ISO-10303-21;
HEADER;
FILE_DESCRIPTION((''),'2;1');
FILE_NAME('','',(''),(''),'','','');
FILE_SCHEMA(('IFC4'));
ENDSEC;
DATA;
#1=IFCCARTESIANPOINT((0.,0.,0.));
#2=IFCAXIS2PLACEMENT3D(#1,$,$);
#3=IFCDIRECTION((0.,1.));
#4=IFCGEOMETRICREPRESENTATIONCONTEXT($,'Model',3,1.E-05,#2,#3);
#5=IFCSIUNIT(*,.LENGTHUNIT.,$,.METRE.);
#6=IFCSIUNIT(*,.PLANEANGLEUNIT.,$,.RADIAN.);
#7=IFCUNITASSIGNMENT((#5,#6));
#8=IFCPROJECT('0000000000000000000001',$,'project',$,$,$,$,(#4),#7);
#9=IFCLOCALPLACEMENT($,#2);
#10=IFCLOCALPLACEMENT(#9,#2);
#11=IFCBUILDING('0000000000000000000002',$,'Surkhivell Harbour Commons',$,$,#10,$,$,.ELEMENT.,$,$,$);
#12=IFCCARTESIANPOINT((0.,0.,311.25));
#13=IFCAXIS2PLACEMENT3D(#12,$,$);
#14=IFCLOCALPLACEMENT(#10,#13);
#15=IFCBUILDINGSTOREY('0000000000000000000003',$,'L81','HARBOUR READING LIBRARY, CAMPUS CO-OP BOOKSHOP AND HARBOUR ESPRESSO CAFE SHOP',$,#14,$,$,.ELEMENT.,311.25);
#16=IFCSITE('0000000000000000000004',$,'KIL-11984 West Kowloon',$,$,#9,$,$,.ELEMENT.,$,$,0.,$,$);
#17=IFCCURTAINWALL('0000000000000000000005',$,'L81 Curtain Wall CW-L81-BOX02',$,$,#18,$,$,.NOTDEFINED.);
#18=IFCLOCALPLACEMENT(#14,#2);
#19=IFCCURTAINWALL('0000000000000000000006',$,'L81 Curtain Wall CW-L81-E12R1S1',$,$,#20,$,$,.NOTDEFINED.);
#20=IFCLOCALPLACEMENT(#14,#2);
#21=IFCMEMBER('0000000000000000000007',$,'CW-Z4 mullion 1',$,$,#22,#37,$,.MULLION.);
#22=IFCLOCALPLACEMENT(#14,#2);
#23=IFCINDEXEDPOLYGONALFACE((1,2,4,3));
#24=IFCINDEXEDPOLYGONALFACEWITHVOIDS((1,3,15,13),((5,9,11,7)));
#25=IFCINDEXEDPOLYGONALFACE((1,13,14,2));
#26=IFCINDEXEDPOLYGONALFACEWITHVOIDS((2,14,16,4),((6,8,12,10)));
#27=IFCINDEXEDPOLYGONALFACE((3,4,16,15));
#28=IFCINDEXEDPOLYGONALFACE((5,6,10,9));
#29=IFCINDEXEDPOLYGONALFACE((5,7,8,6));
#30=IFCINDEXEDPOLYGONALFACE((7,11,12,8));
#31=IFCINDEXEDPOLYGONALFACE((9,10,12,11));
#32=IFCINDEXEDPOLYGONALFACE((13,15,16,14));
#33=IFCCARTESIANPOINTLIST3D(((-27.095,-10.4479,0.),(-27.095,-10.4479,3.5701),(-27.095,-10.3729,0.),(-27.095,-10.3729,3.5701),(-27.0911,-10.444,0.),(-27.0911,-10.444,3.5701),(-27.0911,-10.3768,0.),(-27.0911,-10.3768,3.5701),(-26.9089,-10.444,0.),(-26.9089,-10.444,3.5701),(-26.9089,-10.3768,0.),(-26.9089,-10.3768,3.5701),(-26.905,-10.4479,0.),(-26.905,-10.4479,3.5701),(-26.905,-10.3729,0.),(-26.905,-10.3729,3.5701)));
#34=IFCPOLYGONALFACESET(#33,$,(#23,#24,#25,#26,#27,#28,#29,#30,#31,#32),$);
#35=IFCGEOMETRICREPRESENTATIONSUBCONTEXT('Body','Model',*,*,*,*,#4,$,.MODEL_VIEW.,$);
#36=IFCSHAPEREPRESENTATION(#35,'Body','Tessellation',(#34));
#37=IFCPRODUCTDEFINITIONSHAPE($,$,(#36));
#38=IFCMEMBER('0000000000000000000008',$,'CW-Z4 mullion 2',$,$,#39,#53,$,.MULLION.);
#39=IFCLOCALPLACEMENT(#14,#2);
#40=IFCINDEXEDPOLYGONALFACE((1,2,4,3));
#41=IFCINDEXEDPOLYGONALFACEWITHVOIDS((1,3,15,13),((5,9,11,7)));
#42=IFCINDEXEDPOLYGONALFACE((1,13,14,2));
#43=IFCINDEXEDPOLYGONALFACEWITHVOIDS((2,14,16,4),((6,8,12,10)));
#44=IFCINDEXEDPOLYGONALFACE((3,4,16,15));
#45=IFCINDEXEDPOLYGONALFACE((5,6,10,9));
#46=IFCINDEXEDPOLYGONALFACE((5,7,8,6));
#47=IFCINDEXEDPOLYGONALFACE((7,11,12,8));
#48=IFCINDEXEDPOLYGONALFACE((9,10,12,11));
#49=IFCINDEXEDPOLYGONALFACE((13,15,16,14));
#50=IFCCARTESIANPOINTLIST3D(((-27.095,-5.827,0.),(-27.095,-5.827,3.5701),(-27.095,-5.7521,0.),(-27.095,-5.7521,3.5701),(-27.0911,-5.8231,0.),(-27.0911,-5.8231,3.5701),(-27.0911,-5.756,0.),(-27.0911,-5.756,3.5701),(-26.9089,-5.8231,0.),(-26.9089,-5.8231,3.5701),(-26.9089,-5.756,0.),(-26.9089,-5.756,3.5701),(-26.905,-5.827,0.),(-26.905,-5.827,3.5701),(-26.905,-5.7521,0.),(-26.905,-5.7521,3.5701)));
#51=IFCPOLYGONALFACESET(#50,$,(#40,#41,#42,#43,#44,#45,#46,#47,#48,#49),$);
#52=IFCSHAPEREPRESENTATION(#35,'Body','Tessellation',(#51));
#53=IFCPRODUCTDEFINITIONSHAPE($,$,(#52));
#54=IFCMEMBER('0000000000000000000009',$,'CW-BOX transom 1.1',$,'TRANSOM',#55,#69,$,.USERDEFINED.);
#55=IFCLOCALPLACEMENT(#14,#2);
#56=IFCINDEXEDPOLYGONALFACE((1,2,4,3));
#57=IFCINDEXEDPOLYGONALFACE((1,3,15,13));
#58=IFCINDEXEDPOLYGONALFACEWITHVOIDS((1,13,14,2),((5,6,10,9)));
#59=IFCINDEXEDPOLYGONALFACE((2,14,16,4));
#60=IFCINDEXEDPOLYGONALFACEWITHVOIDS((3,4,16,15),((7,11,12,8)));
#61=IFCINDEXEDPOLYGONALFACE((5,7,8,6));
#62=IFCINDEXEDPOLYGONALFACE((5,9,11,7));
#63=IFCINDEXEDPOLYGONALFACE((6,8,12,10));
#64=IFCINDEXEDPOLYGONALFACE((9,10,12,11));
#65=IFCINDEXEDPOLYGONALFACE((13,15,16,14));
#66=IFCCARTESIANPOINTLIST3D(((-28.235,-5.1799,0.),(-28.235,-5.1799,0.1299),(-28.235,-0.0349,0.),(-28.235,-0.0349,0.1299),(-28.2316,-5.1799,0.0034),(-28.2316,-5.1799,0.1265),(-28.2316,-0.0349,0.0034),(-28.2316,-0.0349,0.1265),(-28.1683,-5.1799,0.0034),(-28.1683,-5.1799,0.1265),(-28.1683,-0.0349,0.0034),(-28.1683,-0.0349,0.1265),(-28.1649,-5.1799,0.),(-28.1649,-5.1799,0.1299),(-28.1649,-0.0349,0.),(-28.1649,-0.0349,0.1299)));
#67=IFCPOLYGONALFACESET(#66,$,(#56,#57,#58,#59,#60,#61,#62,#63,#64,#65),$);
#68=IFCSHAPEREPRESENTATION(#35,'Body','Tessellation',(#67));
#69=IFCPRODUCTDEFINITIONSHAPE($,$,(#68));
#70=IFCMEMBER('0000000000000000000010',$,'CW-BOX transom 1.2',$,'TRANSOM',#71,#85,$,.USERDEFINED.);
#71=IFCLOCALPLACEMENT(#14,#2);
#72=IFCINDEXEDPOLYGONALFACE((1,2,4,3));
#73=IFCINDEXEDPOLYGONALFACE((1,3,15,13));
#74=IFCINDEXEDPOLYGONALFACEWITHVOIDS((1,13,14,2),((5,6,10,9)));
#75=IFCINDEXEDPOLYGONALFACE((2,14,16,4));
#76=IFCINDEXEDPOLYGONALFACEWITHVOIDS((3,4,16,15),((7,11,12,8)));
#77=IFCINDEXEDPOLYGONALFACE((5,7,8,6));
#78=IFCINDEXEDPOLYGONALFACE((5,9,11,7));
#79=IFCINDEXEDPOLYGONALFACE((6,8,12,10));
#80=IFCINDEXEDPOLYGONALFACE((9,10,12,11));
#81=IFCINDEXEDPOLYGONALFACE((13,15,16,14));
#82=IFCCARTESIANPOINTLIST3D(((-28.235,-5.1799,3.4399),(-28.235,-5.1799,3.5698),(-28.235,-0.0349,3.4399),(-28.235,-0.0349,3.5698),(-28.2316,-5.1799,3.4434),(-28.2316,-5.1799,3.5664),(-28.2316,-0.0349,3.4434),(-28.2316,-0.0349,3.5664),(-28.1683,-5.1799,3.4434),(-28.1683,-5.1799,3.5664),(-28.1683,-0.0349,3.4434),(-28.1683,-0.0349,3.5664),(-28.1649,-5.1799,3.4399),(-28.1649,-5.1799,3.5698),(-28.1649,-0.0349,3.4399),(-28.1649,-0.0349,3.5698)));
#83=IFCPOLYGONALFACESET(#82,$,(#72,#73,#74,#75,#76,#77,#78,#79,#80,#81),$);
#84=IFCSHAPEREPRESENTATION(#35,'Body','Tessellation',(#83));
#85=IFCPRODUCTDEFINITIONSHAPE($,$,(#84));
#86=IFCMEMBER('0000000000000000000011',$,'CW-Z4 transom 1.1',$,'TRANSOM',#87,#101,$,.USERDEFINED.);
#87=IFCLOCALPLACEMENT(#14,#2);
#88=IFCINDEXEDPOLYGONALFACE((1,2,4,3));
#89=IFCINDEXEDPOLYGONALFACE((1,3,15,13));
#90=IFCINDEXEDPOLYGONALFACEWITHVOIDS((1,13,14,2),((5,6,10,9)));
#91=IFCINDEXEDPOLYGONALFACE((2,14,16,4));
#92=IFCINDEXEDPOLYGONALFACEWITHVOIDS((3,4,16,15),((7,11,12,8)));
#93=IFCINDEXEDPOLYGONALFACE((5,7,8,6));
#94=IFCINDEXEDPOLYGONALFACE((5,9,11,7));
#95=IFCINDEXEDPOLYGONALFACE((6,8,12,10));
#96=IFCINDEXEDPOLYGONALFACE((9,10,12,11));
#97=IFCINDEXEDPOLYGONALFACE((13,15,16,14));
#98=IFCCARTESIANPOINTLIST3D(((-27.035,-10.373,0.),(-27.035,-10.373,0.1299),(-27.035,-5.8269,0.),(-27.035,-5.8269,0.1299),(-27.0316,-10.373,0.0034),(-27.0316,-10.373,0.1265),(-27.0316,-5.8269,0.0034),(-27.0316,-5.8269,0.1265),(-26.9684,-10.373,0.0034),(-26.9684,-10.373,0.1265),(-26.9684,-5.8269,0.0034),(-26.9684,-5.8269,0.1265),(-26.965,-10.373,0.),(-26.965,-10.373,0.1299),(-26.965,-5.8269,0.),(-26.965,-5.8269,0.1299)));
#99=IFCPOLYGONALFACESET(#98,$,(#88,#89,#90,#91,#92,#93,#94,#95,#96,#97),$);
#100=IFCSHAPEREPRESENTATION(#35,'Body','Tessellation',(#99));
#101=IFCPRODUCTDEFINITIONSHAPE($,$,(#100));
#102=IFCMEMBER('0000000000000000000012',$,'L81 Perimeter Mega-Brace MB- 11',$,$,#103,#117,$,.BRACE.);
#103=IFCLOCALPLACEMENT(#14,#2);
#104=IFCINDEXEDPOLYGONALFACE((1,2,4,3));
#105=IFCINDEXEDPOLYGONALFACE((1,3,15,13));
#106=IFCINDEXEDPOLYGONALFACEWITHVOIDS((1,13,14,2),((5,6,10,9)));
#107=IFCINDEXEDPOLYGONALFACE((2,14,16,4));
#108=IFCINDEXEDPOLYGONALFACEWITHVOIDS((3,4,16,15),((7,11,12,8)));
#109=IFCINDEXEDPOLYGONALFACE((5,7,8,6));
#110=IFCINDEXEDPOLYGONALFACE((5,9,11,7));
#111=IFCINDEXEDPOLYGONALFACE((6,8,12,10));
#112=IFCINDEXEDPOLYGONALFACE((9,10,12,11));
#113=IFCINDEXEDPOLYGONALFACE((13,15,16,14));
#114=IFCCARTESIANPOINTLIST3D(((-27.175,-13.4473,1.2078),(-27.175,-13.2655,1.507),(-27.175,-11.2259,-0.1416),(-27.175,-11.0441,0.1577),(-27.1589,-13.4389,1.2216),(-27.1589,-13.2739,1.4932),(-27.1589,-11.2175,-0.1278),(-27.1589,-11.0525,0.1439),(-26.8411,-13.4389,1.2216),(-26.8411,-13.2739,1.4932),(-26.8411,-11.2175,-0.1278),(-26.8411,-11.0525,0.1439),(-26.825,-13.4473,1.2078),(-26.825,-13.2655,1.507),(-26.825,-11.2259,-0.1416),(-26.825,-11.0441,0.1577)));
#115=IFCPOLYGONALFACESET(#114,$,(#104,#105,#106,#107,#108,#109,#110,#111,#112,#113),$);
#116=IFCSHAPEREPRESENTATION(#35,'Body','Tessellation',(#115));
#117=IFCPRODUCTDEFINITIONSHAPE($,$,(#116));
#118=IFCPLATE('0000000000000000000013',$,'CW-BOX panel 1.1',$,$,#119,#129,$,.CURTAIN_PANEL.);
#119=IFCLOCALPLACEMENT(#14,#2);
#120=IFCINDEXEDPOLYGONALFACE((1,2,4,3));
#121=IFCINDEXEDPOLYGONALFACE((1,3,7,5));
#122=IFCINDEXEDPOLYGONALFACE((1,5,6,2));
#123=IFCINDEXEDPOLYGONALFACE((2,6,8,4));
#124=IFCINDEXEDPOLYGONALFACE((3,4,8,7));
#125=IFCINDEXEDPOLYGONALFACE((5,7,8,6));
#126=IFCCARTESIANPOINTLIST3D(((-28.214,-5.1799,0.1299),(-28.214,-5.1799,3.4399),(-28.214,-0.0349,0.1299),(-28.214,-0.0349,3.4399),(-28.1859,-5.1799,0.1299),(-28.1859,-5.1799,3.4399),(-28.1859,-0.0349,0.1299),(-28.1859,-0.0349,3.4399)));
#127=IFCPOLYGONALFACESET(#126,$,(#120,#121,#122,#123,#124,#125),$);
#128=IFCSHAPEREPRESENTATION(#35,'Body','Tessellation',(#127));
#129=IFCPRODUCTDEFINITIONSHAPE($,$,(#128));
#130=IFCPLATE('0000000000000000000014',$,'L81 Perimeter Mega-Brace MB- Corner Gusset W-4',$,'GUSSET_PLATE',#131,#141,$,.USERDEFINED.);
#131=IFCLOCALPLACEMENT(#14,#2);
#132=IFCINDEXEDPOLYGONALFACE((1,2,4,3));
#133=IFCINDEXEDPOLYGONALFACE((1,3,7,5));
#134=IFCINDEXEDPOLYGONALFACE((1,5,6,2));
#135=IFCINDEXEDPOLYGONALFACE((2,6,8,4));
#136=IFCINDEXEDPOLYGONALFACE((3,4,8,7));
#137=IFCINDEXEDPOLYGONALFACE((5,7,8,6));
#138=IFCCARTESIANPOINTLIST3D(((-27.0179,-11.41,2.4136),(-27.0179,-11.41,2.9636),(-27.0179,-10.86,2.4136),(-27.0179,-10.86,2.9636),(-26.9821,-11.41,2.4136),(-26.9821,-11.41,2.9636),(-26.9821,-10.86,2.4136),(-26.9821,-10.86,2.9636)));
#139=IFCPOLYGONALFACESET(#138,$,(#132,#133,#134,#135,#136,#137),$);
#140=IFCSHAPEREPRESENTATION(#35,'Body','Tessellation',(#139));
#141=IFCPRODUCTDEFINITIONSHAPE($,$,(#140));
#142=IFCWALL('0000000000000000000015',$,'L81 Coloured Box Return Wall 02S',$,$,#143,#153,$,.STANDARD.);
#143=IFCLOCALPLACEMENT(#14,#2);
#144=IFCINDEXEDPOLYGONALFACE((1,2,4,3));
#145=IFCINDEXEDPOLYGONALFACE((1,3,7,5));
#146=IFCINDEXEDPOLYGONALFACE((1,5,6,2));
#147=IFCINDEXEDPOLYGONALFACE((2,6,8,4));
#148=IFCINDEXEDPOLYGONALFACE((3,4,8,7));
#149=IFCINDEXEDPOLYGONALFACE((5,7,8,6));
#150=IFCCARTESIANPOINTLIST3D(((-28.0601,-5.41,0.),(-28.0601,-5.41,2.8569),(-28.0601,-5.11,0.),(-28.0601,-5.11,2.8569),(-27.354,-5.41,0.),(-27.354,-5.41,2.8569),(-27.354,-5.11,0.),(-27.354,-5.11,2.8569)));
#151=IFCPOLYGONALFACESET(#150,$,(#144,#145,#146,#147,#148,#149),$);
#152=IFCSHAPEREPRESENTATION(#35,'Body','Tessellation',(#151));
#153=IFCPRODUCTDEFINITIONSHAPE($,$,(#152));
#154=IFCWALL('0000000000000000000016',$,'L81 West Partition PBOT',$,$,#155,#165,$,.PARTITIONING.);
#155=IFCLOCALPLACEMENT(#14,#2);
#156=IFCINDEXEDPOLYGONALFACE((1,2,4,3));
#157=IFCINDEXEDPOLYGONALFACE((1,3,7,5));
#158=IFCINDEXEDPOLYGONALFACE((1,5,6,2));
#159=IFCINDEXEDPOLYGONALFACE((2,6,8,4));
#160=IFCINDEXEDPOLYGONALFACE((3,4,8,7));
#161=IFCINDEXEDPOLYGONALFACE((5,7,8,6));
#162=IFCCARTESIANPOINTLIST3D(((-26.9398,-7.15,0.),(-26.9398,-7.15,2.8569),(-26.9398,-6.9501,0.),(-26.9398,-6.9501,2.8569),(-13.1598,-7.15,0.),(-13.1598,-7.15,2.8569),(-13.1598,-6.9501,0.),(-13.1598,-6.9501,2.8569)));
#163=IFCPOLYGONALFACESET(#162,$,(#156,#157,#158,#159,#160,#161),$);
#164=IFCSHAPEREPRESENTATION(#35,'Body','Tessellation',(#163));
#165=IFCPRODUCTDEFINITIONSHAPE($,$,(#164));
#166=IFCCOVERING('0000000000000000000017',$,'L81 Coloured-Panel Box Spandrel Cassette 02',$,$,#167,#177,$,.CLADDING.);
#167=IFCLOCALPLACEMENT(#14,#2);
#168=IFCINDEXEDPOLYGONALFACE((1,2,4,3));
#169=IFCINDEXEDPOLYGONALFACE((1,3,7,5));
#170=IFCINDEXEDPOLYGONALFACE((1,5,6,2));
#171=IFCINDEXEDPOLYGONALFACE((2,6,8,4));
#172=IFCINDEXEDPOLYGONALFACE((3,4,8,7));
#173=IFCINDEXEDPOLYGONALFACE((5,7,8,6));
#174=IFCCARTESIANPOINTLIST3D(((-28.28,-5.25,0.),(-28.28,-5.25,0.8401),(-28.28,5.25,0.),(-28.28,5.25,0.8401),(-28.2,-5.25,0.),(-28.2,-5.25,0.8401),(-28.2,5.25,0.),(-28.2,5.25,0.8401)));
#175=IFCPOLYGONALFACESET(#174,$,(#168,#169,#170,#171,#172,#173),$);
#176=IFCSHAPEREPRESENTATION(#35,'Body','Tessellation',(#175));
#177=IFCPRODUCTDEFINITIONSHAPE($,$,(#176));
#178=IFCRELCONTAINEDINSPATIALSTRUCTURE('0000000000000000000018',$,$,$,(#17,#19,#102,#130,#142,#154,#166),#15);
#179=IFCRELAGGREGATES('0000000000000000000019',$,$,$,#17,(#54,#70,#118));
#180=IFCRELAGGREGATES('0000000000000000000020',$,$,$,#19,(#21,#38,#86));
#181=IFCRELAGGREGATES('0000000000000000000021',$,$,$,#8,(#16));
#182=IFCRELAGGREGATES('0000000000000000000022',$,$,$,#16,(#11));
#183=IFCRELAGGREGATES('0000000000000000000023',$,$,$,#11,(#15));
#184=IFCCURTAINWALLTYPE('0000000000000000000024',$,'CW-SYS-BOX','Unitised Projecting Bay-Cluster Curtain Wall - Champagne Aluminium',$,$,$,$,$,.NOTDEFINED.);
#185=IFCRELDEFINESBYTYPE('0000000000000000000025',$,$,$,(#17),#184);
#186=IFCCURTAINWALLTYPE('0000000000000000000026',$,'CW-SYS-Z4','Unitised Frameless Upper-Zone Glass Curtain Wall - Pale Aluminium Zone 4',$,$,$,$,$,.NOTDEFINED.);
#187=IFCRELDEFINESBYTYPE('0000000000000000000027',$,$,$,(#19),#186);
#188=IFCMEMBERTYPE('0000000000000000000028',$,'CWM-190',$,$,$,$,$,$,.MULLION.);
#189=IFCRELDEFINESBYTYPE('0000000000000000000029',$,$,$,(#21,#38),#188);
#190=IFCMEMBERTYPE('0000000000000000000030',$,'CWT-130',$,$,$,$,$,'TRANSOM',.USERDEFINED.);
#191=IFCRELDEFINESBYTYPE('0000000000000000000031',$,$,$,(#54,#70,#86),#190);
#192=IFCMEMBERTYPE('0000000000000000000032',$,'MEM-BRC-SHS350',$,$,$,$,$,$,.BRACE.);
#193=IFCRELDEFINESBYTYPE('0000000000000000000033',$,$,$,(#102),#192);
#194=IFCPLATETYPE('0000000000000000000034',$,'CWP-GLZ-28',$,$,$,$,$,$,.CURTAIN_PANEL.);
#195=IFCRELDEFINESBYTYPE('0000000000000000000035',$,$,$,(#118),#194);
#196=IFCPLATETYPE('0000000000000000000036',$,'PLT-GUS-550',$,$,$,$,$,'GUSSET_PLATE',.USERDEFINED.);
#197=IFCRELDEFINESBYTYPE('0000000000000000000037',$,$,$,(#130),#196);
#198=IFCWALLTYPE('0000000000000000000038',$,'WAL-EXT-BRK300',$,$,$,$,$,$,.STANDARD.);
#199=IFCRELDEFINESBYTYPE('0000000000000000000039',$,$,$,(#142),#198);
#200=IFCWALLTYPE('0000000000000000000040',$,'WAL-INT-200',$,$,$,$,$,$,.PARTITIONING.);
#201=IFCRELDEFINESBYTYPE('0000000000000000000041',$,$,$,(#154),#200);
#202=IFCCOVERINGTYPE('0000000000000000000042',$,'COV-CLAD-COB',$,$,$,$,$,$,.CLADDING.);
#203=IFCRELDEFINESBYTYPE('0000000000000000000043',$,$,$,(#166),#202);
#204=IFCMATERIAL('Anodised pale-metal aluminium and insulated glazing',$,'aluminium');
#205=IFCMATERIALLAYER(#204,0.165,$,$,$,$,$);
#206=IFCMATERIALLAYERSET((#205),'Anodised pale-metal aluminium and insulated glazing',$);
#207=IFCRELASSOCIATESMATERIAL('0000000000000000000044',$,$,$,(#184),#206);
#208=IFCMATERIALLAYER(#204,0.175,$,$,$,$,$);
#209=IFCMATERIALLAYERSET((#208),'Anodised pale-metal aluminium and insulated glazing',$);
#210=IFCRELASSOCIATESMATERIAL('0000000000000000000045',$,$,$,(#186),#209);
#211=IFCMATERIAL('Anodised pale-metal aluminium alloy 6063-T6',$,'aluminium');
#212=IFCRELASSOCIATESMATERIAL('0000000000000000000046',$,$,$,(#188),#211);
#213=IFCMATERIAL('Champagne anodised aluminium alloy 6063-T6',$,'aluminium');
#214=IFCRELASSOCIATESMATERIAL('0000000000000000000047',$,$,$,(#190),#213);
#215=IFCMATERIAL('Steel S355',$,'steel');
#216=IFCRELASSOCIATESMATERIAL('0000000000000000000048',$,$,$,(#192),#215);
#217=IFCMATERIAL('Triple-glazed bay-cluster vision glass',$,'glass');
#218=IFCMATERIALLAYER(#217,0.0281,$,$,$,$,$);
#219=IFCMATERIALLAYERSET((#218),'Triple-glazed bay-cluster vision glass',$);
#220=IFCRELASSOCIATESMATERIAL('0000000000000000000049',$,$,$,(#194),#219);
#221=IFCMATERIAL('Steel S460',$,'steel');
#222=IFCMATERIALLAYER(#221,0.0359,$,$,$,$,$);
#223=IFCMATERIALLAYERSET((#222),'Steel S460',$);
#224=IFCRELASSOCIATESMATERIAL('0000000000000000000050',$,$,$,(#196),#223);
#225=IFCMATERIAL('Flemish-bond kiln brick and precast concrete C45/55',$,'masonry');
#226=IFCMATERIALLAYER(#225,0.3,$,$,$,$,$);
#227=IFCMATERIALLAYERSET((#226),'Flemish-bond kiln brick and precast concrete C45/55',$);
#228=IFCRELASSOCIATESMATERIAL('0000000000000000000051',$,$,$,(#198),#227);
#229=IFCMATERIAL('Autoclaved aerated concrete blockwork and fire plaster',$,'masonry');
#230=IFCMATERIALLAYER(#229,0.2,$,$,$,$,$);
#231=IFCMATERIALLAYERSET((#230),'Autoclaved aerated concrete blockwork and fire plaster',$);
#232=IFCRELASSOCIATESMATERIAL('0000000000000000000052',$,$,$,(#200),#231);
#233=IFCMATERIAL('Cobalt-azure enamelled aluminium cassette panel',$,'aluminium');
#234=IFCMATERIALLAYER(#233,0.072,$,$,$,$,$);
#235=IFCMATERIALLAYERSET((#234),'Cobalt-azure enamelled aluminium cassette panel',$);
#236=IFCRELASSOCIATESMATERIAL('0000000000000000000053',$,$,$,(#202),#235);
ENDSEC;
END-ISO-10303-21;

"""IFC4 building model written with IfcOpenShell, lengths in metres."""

from ifc_helpers import new_model, si_unit, direction, frame, frame_2d, origin, origin_2d, place, context, subcontext, project, spatial, rectangle, hollow_rectangle, extrude, material, layer, layer_set, material_profile, profile_set, type_object, element, aggregate, save


model = new_model("IFC4")

# Units and contexts
model_context = context("Model", 3, precision=1e-05, world=origin(), true_north=direction((0.0, 1.0)))
body_context = subcontext(model_context, "Body", "Model", "MODEL_VIEW")
ifc_project = project(units=[si_unit("LENGTHUNIT", "METRE"), si_unit("PLANEANGLEUNIT", "RADIAN")], contexts=[model_context])

# Site, building, storey
site_placement = place(None, origin())
site = spatial("IfcSite", under=ifc_project, at=site_placement, Name="KIL-11984 West Kowloon", CompositionType="ELEMENT", RefElevation=0.0)
building_placement = place(site_placement, origin())
building = spatial("IfcBuilding", under=site, at=building_placement, Name="Surkhivell Harbour Commons", CompositionType="ELEMENT")
storey_placement = place(building_placement, frame((0.0, 0.0, 311.25)))
storey = spatial("IfcBuildingStorey", under=building, at=storey_placement, Name="L81", Description="HARBOUR READING LIBRARY, CAMPUS CO-OP BOOKSHOP AND HARBOUR ESPRESSO CAFE SHOP", CompositionType="ELEMENT", Elevation=311.25)

# Shared definitions
ifc_material_1 = material(Name="Steel S460", Category="steel")
ifc_material_2 = material(Name="Steel S355", Category="steel")

# Curtain wall
ifc_material_3 = material(Name="Anodised pale-metal aluminium and insulated glazing", Category="aluminium")
ifc_layer_1 = layer(ifc_material_3, 0.165)
ifc_layer_set_1 = layer_set([ifc_layer_1], Name="Anodised pale-metal aluminium and insulated glazing")
curtain_wall_type_1 = type_object("IfcCurtainWallType", Name="CW-SYS-BOX", Description="Unitised Projecting Bay-Cluster Curtain Wall - Champagne Aluminium", PredefinedType="NOTDEFINED", material=ifc_layer_set_1)
curtain_wall_1_placement = place(storey_placement, origin())
curtain_wall_1 = element("IfcCurtainWall", 1, at=curtain_wall_1_placement, inside=storey, type_object=curtain_wall_type_1, Name="L81 Curtain Wall CW-L81-BOX02", PredefinedType="NOTDEFINED")
ifc_material_4 = material(Name="Champagne anodised aluminium alloy 6063-T6", Category="aluminium")

# Curtain wall, members
ifc_layer_2 = layer(ifc_material_3, 0.175)
ifc_layer_set_2 = layer_set([ifc_layer_2], Name="Anodised pale-metal aluminium and insulated glazing")
curtain_wall_type_2 = type_object("IfcCurtainWallType", Name="CW-SYS-Z4", Description="Unitised Frameless Upper-Zone Glass Curtain Wall - Pale Aluminium Zone 4", PredefinedType="NOTDEFINED", material=ifc_layer_set_2)
curtain_wall_2_placement = place(storey_placement, origin())
curtain_wall_2 = element("IfcCurtainWall", 2, at=curtain_wall_2_placement, inside=storey, type_object=curtain_wall_type_2, Name="L81 Curtain Wall CW-L81-E12R1S1", PredefinedType="NOTDEFINED")
ifc_material_5 = material(Name="Anodised pale-metal aluminium alloy 6063-T6", Category="aluminium")
ifc_material_profile_1 = material_profile(ifc_material_5, hollow_rectangle(XDim=0.075, YDim=0.1899, WallThickness=0.0039, at=origin_2d()), Name="ALU-MULL-75x190")
ifc_profile_set_1 = profile_set([ifc_material_profile_1], Name="Anodised pale-metal aluminium alloy 6063-T6")
member_type_1 = type_object("IfcMemberType", Name="CWM-190", PredefinedType="MULLION", material=ifc_profile_set_1)
member_1_placement = place(storey_placement, frame((-27.0, -10.4104, 0.0), z_axis=(0.0, 0.0, 1.0), x_axis=(0.0, 1.0, 0.0)))
member_1 = element("IfcMember", 3, at=member_1_placement, type_object=member_type_1, Name="CW-Z4 mullion 1", PredefinedType="MULLION", context=body_context, shape_type="SweptSolid", body=[
    extrude(hollow_rectangle(XDim=0.075, YDim=0.1899, WallThickness=0.0039, at=origin_2d()), origin(), (0.0, 0.0, 1.0), 3.5701),
])
member_2_placement = place(storey_placement, frame((-27.0, -5.7896, 0.0), z_axis=(0.0, 0.0, 1.0), x_axis=(0.0, 1.0, 0.0)))
member_2 = element("IfcMember", 4, at=member_2_placement, type_object=member_type_1, Name="CW-Z4 mullion 2", PredefinedType="MULLION", context=body_context, shape_type="SweptSolid", body=[
    extrude(hollow_rectangle(XDim=0.075, YDim=0.1899, WallThickness=0.0039, at=origin_2d()), origin(), (0.0, 0.0, 1.0), 3.5701),
])

# Members
ifc_material_profile_2 = material_profile(ifc_material_4, hollow_rectangle(XDim=0.0701, YDim=0.1299, WallThickness=0.0034, at=origin_2d()), Name="ALU-TRAN-70x130")
ifc_profile_set_2 = profile_set([ifc_material_profile_2], Name="Champagne anodised aluminium alloy 6063-T6")
member_type_2 = type_object("IfcMemberType", Name="CWT-130", ElementType="TRANSOM", PredefinedType="USERDEFINED", material=ifc_profile_set_2)
member_3_placement = place(storey_placement, frame((-28.2, -5.1799, 0.0649), z_axis=(0.0, 1.0, 0.0), x_axis=(-1.0, 0.0, 0.0)))
member_3 = element("IfcMember", 5, at=member_3_placement, type_object=member_type_2, Name="CW-BOX transom 1.1", ObjectType="TRANSOM", PredefinedType="USERDEFINED", context=body_context, shape_type="SweptSolid", body=[
    extrude(hollow_rectangle(XDim=0.0701, YDim=0.1299, WallThickness=0.0034, at=origin_2d()), origin(), (0.0, 0.0, 1.0), 5.145),
])
member_4_placement = place(storey_placement, frame((-28.2, -5.1799, 3.5049), z_axis=(0.0, 1.0, 0.0), x_axis=(-1.0, 0.0, 0.0)))
member_4 = element("IfcMember", 6, at=member_4_placement, type_object=member_type_2, Name="CW-BOX transom 1.2", ObjectType="TRANSOM", PredefinedType="USERDEFINED", context=body_context, shape_type="SweptSolid", body=[
    extrude(hollow_rectangle(XDim=0.0701, YDim=0.1299, WallThickness=0.0034, at=origin_2d()), origin(), (0.0, 0.0, 1.0), 5.145),
])
member_5_placement = place(storey_placement, frame((-27.0, -10.373, 0.0649), z_axis=(0.0, 1.0, 0.0), x_axis=(-1.0, 0.0, 0.0)))
member_5 = element("IfcMember", 7, at=member_5_placement, type_object=member_type_2, Name="CW-Z4 transom 1.1", ObjectType="TRANSOM", PredefinedType="USERDEFINED", context=body_context, shape_type="SweptSolid", body=[
    extrude(hollow_rectangle(XDim=0.0701, YDim=0.1299, WallThickness=0.0034, at=origin_2d()), origin(), (0.0, 0.0, 1.0), 4.5461),
])
ifc_material_profile_3 = material_profile(ifc_material_2, hollow_rectangle(XDim=0.3501, YDim=0.3501, WallThickness=0.0161, at=origin_2d()), Name="SHS350x350x16")
ifc_profile_set_3 = profile_set([ifc_material_profile_3], Name="Steel S355")
member_type_3 = type_object("IfcMemberType", Name="MEM-BRC-SHS350", PredefinedType="BRACE", material=ifc_profile_set_3)
member_6_placement = place(storey_placement, frame((-27.0, -11.135, 0.0081), z_axis=(0.0, -0.854679, 0.519157), x_axis=(1.0, 0.0, 0.0)))
element("IfcMember", 8, at=member_6_placement, inside=storey, type_object=member_type_3, Name="L81 Perimeter Mega-Brace MB- 11", PredefinedType="BRACE", context=body_context, shape_type="SweptSolid", body=[
    extrude(hollow_rectangle(XDim=0.3501, YDim=0.3501, WallThickness=0.0161, at=origin_2d()), origin(), (0.0, 0.0, 1.0), 2.5991),
])

# Plates
ifc_material_6 = material(Name="Triple-glazed bay-cluster vision glass", Category="glass")
ifc_layer_3 = layer(ifc_material_6, 0.0281)
ifc_layer_set_3 = layer_set([ifc_layer_3], Name="Triple-glazed bay-cluster vision glass")
plate_type_1 = type_object("IfcPlateType", Name="CWP-GLZ-28", PredefinedType="CURTAIN_PANEL", material=ifc_layer_set_3)
plate_1_placement = place(storey_placement, frame((-28.2, -5.1799, 0.1299), z_axis=(0.0, 0.0, 1.0), x_axis=(0.0, 1.0, 0.0)))
plate_1 = element("IfcPlate", 9, at=plate_1_placement, type_object=plate_type_1, Name="CW-BOX panel 1.1", PredefinedType="CURTAIN_PANEL", context=body_context, shape_type="SweptSolid", body=[
    extrude(rectangle(XDim=5.145, YDim=0.0281, at=frame_2d((2.5725, 0.0))), origin(), (0.0, 0.0, 1.0), 3.3101),
])
aggregate(curtain_wall_1, [member_3, member_4, plate_1])
aggregate(curtain_wall_2, [member_1, member_2, member_5])
ifc_layer_4 = layer(ifc_material_1, 0.0359)
ifc_layer_set_4 = layer_set([ifc_layer_4], Name="Steel S460")
plate_type_2 = type_object("IfcPlateType", Name="PLT-GUS-550", ElementType="GUSSET_PLATE", PredefinedType="USERDEFINED", material=ifc_layer_set_4)
plate_2_placement = place(storey_placement, frame((-27.0, -11.135, 2.4136), z_axis=(0.0, 0.0, 1.0), x_axis=(0.0, 1.0, 0.0)))
element("IfcPlate", 10, at=plate_2_placement, inside=storey, type_object=plate_type_2, Name="L81 Perimeter Mega-Brace MB- Corner Gusset W-4", ObjectType="GUSSET_PLATE", PredefinedType="USERDEFINED", context=body_context, shape_type="SweptSolid", body=[
    extrude(rectangle(XDim=0.55, YDim=0.0359, at=origin_2d()), origin(), (0.0, 0.0, 1.0), 0.55),
])

# Walls
ifc_material_7 = material(Name="Flemish-bond kiln brick and precast concrete C45/55", Category="masonry")
ifc_layer_5 = layer(ifc_material_7, 0.3)
ifc_layer_set_5 = layer_set([ifc_layer_5], Name="Flemish-bond kiln brick and precast concrete C45/55")
wall_type_1 = type_object("IfcWallType", Name="WAL-EXT-BRK300", PredefinedType="STANDARD", material=ifc_layer_set_5)
wall_1_placement = place(storey_placement, frame((-28.0601, -5.26, 0.0), z_axis=(0.0, 0.0, 1.0), x_axis=(1.0, 0.0, 0.0)))
element("IfcWall", 11, at=wall_1_placement, inside=storey, type_object=wall_type_1, Name="L81 Coloured Box Return Wall 02S", PredefinedType="STANDARD", context=body_context, shape_type="SweptSolid", body=[
    extrude(rectangle(XDim=0.7061, YDim=0.3, at=frame_2d((0.353, 0.0))), origin(), (0.0, 0.0, 1.0), 2.8569),
])
ifc_material_8 = material(Name="Autoclaved aerated concrete blockwork and fire plaster", Category="masonry")
ifc_layer_6 = layer(ifc_material_8, 0.2)
ifc_layer_set_6 = layer_set([ifc_layer_6], Name="Autoclaved aerated concrete blockwork and fire plaster")
wall_type_2 = type_object("IfcWallType", Name="WAL-INT-200", PredefinedType="PARTITIONING", material=ifc_layer_set_6)
wall_2_placement = place(storey_placement, frame((-26.9399, -7.05, 0.0), z_axis=(0.0, 0.0, 1.0), x_axis=(1.0, 0.0, 0.0)))
element("IfcWall", 12, at=wall_2_placement, inside=storey, type_object=wall_type_2, Name="L81 West Partition PBOT", PredefinedType="PARTITIONING", context=body_context, shape_type="SweptSolid", body=[
    extrude(rectangle(XDim=13.78, YDim=0.2, at=frame_2d((6.8901, 0.0))), origin(), (0.0, 0.0, 1.0), 2.8569),
])

# Covering
ifc_material_9 = material(Name="Cobalt-azure enamelled aluminium cassette panel", Category="aluminium")
ifc_layer_7 = layer(ifc_material_9, 0.072)
ifc_layer_set_7 = layer_set([ifc_layer_7], Name="Cobalt-azure enamelled aluminium cassette panel")
covering_type = type_object("IfcCoveringType", Name="COV-CLAD-COB", PredefinedType="CLADDING", material=ifc_layer_set_7)
covering_placement = place(storey_placement, frame((-28.24, 0.0, 0.0), z_axis=(0.0, 0.0, 1.0), x_axis=(1.0, 0.0, 0.0)))
element("IfcCovering", 13, at=covering_placement, inside=storey, type_object=covering_type, Name="L81 Coloured-Panel Box Spandrel Cassette 02", PredefinedType="CLADDING", context=body_context, shape_type="SweptSolid", body=[
    extrude(rectangle(XDim=0.0801, YDim=10.5, at=origin_2d()), origin(), (0.0, 0.0, 1.0), 0.8401),
])

save(model, "model.ifc")
